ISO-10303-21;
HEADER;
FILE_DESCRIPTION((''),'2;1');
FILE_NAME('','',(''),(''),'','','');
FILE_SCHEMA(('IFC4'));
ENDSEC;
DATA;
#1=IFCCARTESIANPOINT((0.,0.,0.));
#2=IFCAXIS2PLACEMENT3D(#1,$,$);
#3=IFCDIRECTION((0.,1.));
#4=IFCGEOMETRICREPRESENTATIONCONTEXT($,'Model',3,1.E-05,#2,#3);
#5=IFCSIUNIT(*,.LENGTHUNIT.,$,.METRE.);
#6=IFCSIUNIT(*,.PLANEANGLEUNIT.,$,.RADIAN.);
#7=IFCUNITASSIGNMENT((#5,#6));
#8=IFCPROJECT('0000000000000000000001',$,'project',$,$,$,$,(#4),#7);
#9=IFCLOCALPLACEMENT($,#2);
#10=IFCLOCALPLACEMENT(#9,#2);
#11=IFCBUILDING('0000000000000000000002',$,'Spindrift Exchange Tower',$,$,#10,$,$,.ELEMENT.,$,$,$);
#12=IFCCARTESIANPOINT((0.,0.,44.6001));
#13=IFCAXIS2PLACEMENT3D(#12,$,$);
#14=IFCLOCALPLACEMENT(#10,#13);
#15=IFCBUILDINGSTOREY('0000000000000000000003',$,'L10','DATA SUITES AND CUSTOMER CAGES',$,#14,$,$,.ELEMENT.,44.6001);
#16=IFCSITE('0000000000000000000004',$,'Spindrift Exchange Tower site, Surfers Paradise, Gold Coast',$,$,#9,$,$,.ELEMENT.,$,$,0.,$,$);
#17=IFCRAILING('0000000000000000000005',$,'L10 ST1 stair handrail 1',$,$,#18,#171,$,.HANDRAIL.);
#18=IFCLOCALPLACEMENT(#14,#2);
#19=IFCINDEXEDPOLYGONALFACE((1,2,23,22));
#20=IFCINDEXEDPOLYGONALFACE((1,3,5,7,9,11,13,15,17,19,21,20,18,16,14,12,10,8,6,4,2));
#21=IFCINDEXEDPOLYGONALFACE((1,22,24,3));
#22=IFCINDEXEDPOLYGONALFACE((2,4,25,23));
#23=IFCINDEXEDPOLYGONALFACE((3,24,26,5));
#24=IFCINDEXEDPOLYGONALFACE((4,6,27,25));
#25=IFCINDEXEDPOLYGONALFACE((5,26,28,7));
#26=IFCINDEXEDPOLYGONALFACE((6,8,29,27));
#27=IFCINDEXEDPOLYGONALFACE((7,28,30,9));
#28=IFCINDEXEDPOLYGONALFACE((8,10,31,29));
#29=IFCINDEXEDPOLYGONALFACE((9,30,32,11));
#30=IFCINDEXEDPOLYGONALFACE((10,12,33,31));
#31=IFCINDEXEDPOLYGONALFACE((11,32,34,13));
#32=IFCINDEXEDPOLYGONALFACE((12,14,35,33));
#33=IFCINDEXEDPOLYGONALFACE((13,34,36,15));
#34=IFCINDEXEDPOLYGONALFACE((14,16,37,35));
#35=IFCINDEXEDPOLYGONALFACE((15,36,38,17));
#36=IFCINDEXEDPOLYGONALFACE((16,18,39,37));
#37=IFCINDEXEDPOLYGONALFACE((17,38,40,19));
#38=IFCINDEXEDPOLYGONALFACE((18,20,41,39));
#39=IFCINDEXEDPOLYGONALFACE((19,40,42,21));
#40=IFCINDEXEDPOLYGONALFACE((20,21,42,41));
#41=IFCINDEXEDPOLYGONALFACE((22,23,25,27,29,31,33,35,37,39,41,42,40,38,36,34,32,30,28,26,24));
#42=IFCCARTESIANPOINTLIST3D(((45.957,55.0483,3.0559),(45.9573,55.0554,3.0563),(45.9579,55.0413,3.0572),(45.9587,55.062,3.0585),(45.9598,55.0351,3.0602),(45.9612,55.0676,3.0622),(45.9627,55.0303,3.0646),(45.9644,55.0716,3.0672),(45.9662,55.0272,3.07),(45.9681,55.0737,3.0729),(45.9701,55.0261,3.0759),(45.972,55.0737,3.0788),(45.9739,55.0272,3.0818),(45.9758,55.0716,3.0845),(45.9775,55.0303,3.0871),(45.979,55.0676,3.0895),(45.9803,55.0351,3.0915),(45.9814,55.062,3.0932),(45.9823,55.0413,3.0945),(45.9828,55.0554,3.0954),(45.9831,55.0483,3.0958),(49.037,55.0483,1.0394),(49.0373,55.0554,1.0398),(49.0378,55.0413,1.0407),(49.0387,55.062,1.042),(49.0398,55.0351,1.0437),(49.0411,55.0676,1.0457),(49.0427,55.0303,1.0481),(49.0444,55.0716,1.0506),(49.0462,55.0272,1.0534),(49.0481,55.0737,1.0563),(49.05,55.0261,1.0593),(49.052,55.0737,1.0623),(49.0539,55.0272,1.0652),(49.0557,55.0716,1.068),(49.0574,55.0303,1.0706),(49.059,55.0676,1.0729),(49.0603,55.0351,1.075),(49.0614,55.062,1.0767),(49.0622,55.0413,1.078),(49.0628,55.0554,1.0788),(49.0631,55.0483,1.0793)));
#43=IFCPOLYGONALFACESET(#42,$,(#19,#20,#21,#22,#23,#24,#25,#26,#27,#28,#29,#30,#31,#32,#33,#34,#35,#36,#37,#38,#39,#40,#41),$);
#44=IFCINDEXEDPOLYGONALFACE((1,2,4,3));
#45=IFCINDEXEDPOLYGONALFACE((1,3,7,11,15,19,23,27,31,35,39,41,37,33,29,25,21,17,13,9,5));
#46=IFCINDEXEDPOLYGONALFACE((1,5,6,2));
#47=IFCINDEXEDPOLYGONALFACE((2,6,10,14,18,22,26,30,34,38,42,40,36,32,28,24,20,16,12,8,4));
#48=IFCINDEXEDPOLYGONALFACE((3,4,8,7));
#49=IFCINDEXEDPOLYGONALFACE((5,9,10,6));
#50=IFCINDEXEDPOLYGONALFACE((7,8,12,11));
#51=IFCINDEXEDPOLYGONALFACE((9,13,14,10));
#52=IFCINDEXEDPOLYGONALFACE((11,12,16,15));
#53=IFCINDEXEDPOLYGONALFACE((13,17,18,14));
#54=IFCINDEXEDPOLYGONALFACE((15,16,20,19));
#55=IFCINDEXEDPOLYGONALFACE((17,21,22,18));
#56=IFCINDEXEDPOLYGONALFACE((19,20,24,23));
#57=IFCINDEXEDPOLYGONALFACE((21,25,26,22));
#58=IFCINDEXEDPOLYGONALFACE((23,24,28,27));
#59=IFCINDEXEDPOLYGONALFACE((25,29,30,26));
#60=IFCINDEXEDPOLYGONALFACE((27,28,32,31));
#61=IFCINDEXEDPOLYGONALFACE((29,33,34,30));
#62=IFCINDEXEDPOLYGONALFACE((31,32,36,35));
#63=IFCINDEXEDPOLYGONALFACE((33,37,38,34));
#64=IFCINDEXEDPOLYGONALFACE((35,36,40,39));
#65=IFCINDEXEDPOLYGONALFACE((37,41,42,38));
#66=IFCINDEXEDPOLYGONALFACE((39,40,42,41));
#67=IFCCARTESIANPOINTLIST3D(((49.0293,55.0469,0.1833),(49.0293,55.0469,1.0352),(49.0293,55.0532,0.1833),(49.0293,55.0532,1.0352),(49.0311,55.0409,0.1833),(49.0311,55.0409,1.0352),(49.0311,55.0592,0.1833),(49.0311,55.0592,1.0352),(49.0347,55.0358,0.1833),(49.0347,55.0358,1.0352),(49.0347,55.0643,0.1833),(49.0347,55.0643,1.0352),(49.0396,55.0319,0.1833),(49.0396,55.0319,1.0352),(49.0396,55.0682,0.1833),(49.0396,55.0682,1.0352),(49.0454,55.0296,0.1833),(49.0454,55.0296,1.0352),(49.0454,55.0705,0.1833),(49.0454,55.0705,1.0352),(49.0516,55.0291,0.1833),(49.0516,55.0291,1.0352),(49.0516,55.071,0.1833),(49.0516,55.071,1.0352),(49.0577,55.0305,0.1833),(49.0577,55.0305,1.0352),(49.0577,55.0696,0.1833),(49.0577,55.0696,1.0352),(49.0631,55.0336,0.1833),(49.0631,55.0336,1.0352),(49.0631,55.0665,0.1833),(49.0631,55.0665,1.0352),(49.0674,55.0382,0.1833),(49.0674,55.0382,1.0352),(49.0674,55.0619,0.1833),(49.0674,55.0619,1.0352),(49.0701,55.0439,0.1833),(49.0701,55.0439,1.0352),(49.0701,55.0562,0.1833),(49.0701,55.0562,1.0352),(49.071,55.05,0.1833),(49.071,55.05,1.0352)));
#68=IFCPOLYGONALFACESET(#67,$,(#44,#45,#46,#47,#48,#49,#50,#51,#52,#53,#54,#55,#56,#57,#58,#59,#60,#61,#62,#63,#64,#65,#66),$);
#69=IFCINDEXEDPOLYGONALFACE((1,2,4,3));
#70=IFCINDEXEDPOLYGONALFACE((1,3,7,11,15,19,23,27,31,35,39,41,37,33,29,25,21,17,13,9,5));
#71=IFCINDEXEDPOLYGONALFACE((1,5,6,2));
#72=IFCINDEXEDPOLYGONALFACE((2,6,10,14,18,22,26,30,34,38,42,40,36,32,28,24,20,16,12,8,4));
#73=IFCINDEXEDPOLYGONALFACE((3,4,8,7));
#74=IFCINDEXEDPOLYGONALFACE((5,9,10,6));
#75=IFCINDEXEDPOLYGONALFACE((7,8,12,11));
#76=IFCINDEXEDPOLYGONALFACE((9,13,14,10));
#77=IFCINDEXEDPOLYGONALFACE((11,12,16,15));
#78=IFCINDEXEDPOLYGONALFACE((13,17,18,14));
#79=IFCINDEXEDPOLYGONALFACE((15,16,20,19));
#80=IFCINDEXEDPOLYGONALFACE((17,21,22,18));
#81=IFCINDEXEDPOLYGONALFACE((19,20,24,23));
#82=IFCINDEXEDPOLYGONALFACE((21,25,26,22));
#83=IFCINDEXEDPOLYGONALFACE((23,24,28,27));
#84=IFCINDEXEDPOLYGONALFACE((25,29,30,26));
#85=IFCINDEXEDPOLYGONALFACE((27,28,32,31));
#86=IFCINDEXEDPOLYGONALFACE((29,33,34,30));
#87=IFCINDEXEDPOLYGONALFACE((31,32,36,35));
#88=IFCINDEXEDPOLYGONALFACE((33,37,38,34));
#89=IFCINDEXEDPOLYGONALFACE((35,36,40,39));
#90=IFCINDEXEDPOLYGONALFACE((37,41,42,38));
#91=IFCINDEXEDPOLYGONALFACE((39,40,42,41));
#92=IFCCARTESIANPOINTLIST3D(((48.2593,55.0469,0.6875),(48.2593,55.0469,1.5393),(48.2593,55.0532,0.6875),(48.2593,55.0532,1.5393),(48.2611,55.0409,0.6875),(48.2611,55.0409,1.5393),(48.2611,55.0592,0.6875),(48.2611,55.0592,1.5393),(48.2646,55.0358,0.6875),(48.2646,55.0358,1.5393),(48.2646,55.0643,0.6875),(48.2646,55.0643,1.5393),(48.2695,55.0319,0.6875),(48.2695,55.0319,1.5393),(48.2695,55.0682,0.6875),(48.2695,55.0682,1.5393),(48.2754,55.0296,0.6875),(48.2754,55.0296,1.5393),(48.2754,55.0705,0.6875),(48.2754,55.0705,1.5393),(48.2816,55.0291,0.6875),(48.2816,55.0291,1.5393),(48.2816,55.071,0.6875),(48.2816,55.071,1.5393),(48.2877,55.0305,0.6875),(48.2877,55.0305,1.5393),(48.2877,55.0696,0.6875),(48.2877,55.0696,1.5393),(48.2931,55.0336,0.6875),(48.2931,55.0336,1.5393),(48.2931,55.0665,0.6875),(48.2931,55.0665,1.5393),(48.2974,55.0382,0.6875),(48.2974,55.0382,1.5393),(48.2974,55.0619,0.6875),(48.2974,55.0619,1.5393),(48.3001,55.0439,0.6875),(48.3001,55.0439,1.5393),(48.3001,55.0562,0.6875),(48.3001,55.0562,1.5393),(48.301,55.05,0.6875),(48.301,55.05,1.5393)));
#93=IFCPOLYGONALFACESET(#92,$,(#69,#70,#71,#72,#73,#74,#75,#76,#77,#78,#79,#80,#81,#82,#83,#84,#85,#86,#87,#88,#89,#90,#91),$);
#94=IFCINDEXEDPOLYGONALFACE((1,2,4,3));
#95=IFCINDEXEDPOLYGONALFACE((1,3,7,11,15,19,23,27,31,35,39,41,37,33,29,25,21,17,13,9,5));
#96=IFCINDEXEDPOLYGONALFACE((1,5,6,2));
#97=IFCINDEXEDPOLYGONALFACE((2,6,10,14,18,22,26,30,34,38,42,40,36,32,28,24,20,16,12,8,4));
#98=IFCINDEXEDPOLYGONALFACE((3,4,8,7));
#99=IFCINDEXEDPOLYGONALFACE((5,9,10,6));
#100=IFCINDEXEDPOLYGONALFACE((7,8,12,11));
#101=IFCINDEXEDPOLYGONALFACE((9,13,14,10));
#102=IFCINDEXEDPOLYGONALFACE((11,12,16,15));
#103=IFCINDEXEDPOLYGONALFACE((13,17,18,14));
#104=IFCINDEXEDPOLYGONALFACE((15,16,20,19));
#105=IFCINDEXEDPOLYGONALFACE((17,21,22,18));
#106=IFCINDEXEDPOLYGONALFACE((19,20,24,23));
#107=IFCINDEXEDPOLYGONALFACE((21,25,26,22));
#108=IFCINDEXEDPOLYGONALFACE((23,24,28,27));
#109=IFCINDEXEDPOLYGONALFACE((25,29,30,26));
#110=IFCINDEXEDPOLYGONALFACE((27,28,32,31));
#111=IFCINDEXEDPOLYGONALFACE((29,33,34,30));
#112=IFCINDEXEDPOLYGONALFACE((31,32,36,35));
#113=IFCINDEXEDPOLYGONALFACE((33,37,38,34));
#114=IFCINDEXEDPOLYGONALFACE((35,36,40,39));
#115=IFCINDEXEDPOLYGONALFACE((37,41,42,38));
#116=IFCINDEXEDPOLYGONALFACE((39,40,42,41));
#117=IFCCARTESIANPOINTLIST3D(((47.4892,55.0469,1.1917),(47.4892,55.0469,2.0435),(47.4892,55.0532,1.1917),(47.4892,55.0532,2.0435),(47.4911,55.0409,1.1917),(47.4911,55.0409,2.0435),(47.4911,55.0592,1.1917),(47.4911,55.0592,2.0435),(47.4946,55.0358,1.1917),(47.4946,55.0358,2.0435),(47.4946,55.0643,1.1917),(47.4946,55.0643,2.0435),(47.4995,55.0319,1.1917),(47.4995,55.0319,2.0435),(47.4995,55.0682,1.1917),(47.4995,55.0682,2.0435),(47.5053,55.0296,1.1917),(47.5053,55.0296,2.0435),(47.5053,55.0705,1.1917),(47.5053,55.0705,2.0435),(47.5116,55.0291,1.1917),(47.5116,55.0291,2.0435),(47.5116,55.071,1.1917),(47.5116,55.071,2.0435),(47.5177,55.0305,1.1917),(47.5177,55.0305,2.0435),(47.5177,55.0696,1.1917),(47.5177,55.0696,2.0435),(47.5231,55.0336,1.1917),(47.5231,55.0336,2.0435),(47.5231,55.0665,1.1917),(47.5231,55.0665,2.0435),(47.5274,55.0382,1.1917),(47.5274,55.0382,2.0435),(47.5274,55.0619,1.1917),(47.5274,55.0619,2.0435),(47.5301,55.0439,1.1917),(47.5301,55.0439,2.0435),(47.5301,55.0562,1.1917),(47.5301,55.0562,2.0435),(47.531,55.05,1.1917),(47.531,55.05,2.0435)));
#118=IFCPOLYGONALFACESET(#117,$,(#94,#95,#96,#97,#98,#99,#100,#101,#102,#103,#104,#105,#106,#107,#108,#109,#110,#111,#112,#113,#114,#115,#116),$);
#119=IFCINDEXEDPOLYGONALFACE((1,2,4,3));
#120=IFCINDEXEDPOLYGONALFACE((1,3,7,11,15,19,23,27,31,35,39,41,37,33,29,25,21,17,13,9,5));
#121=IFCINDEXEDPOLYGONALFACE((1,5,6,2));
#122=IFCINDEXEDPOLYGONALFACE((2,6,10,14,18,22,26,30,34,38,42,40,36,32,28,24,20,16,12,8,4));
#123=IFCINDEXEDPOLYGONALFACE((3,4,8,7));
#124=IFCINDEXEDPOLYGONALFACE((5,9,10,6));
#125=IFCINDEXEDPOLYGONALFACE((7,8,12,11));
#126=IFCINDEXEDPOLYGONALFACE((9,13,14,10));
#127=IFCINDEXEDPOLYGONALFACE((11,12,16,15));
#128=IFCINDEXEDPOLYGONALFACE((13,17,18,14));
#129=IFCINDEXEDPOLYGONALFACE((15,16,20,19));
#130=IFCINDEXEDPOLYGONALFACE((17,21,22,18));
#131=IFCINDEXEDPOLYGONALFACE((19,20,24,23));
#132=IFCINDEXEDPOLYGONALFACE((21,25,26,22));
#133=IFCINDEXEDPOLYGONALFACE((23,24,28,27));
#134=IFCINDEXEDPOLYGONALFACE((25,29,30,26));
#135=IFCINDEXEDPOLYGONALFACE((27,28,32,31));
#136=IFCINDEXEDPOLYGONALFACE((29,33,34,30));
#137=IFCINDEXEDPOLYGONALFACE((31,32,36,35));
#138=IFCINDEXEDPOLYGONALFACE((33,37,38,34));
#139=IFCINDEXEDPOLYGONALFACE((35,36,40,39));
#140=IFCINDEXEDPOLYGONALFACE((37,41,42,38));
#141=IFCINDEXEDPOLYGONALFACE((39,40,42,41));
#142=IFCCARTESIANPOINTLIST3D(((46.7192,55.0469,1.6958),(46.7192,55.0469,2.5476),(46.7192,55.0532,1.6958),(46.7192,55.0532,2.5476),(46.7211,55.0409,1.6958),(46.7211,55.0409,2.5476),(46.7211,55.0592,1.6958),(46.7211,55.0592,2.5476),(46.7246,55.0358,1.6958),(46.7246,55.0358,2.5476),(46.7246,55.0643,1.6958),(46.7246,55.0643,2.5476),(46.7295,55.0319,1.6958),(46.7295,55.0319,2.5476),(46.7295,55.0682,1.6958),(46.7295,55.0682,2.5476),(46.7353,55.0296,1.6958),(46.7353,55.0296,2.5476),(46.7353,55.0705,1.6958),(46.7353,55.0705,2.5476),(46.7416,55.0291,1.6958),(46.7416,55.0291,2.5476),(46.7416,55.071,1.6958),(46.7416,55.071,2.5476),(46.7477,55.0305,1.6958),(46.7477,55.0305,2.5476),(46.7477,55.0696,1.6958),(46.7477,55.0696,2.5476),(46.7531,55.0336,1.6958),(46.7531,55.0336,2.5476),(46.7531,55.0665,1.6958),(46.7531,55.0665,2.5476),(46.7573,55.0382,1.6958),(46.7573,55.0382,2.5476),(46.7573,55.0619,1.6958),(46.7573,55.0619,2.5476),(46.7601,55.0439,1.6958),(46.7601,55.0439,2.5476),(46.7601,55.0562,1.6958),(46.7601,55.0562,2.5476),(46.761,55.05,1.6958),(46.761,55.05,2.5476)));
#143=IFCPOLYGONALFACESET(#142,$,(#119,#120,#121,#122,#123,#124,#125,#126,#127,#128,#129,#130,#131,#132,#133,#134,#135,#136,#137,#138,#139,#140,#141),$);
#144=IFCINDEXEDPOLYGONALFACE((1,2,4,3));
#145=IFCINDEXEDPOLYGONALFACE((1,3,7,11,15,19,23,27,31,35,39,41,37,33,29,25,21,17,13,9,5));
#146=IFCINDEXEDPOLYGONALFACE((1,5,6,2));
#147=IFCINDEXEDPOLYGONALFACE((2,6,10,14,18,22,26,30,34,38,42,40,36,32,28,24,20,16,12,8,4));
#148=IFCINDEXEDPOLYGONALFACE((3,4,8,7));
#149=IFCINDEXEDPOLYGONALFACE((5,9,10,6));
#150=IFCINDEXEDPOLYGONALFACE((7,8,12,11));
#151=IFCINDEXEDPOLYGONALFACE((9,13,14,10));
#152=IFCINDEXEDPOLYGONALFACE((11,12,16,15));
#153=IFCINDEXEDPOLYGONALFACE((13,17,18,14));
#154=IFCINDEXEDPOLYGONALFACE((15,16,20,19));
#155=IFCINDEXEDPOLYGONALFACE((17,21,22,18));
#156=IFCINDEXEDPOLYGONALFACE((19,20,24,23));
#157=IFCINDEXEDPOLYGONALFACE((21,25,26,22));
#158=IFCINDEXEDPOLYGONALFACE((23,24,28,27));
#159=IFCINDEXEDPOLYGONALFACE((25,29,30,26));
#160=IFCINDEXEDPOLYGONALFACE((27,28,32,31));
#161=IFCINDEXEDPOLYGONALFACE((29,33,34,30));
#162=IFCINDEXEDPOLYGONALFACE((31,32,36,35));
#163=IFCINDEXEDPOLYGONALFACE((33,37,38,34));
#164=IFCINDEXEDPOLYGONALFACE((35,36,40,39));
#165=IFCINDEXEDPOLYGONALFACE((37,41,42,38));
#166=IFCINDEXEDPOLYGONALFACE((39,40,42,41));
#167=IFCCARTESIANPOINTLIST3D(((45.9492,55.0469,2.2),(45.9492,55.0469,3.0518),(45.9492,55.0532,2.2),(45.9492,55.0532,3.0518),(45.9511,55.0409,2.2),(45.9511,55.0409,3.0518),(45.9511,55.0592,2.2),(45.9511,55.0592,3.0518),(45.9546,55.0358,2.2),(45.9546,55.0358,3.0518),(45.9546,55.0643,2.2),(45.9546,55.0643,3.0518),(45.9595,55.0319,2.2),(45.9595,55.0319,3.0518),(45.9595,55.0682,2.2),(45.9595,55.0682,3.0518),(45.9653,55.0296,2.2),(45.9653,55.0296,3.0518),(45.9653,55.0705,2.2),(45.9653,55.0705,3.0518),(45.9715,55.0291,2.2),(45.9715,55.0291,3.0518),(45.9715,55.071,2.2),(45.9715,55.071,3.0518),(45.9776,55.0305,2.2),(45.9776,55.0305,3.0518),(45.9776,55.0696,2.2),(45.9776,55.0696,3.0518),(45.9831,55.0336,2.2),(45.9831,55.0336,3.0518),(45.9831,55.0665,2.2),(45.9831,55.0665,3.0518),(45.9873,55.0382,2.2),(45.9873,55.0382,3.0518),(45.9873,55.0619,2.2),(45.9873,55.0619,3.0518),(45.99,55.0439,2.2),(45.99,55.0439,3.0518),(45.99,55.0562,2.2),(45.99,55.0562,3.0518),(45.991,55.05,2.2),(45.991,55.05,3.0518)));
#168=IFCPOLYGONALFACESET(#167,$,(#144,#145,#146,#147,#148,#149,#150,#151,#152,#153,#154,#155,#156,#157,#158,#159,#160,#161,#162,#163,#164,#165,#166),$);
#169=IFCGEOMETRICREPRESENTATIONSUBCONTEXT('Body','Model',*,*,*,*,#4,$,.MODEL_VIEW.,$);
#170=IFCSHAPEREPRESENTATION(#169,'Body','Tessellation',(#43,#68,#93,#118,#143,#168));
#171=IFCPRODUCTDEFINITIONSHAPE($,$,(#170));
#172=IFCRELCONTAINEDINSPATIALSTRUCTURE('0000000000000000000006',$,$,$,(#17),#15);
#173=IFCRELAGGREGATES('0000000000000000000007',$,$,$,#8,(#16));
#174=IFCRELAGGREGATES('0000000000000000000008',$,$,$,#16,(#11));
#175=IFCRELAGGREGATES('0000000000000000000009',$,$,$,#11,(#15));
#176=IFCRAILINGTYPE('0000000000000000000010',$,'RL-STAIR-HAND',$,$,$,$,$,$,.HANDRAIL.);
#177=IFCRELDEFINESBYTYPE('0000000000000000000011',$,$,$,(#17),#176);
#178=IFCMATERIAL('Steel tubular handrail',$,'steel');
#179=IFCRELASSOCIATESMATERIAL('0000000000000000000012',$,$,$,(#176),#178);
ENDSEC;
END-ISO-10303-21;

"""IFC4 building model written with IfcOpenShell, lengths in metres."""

from ifc_helpers import new_model, si_unit, direction, frame, origin, origin_2d, place, context, subcontext, project, spatial, circle, extrude, material, type_object, element, save


model = new_model("IFC4")

# Units and contexts
model_context = context("Model", 3, precision=1e-05, world=origin(), true_north=direction((0.0, 1.0)))
body_context = subcontext(model_context, "Body", "Model", "MODEL_VIEW")
ifc_project = project(units=[si_unit("LENGTHUNIT", "METRE"), si_unit("PLANEANGLEUNIT", "RADIAN")], contexts=[model_context])

# Site, building, storey
site_placement = place(None, origin())
site = spatial("IfcSite", under=ifc_project, at=site_placement, Name="Spindrift Exchange Tower site, Surfers Paradise, Gold Coast", CompositionType="ELEMENT", RefElevation=0.0)
building_placement = place(site_placement, origin())
building = spatial("IfcBuilding", under=site, at=building_placement, Name="Spindrift Exchange Tower", CompositionType="ELEMENT")
storey_placement = place(building_placement, frame((0.0, 0.0, 44.6001)))
storey = spatial("IfcBuildingStorey", under=building, at=storey_placement, Name="L10", Description="DATA SUITES AND CUSTOMER CAGES", CompositionType="ELEMENT", Elevation=44.6001)

# Railing
ifc_material_1 = material(Name="Steel tubular handrail", Category="steel")
railing_type_1 = type_object("IfcRailingType", Name="RL-STAIR-HAND", PredefinedType="HANDRAIL", material=ifc_material_1)
railing_1_placement = place(storey_placement, frame((49.05, 55.05, 0.1833)))
element("IfcRailing", 1, at=railing_1_placement, inside=storey, type_object=railing_type_1, Name="L10 ST1 stair handrail 1", PredefinedType="HANDRAIL", context=body_context, shape_type="SweptSolid", body=[
    extrude(circle(Radius=0.0239, at=origin_2d()), frame((0.0, 0.0, 0.876), z_axis=(-0.836633, 0.0, 0.547764), x_axis=(0.0, -1.0, 0.0)), (0.0, 0.0, 1.0), 3.6814),
    extrude(circle(Radius=0.021, at=origin_2d()), origin(), (0.0, 0.0, 1.0), 0.8518),
    extrude(circle(Radius=0.021, at=origin_2d()), frame((-0.77, 0.0, 0.5042)), (0.0, 0.0, 1.0), 0.8518),
    extrude(circle(Radius=0.021, at=origin_2d()), frame((-1.54, 0.0, 1.0083)), (0.0, 0.0, 1.0), 0.8518),
    extrude(circle(Radius=0.021, at=origin_2d()), frame((-2.3101, 0.0, 1.5125)), (0.0, 0.0, 1.0), 0.8518),
    extrude(circle(Radius=0.021, at=origin_2d()), frame((-3.0801, 0.0, 2.0166)), (0.0, 0.0, 1.0), 0.8518),
])

save(model, "model.ifc")
